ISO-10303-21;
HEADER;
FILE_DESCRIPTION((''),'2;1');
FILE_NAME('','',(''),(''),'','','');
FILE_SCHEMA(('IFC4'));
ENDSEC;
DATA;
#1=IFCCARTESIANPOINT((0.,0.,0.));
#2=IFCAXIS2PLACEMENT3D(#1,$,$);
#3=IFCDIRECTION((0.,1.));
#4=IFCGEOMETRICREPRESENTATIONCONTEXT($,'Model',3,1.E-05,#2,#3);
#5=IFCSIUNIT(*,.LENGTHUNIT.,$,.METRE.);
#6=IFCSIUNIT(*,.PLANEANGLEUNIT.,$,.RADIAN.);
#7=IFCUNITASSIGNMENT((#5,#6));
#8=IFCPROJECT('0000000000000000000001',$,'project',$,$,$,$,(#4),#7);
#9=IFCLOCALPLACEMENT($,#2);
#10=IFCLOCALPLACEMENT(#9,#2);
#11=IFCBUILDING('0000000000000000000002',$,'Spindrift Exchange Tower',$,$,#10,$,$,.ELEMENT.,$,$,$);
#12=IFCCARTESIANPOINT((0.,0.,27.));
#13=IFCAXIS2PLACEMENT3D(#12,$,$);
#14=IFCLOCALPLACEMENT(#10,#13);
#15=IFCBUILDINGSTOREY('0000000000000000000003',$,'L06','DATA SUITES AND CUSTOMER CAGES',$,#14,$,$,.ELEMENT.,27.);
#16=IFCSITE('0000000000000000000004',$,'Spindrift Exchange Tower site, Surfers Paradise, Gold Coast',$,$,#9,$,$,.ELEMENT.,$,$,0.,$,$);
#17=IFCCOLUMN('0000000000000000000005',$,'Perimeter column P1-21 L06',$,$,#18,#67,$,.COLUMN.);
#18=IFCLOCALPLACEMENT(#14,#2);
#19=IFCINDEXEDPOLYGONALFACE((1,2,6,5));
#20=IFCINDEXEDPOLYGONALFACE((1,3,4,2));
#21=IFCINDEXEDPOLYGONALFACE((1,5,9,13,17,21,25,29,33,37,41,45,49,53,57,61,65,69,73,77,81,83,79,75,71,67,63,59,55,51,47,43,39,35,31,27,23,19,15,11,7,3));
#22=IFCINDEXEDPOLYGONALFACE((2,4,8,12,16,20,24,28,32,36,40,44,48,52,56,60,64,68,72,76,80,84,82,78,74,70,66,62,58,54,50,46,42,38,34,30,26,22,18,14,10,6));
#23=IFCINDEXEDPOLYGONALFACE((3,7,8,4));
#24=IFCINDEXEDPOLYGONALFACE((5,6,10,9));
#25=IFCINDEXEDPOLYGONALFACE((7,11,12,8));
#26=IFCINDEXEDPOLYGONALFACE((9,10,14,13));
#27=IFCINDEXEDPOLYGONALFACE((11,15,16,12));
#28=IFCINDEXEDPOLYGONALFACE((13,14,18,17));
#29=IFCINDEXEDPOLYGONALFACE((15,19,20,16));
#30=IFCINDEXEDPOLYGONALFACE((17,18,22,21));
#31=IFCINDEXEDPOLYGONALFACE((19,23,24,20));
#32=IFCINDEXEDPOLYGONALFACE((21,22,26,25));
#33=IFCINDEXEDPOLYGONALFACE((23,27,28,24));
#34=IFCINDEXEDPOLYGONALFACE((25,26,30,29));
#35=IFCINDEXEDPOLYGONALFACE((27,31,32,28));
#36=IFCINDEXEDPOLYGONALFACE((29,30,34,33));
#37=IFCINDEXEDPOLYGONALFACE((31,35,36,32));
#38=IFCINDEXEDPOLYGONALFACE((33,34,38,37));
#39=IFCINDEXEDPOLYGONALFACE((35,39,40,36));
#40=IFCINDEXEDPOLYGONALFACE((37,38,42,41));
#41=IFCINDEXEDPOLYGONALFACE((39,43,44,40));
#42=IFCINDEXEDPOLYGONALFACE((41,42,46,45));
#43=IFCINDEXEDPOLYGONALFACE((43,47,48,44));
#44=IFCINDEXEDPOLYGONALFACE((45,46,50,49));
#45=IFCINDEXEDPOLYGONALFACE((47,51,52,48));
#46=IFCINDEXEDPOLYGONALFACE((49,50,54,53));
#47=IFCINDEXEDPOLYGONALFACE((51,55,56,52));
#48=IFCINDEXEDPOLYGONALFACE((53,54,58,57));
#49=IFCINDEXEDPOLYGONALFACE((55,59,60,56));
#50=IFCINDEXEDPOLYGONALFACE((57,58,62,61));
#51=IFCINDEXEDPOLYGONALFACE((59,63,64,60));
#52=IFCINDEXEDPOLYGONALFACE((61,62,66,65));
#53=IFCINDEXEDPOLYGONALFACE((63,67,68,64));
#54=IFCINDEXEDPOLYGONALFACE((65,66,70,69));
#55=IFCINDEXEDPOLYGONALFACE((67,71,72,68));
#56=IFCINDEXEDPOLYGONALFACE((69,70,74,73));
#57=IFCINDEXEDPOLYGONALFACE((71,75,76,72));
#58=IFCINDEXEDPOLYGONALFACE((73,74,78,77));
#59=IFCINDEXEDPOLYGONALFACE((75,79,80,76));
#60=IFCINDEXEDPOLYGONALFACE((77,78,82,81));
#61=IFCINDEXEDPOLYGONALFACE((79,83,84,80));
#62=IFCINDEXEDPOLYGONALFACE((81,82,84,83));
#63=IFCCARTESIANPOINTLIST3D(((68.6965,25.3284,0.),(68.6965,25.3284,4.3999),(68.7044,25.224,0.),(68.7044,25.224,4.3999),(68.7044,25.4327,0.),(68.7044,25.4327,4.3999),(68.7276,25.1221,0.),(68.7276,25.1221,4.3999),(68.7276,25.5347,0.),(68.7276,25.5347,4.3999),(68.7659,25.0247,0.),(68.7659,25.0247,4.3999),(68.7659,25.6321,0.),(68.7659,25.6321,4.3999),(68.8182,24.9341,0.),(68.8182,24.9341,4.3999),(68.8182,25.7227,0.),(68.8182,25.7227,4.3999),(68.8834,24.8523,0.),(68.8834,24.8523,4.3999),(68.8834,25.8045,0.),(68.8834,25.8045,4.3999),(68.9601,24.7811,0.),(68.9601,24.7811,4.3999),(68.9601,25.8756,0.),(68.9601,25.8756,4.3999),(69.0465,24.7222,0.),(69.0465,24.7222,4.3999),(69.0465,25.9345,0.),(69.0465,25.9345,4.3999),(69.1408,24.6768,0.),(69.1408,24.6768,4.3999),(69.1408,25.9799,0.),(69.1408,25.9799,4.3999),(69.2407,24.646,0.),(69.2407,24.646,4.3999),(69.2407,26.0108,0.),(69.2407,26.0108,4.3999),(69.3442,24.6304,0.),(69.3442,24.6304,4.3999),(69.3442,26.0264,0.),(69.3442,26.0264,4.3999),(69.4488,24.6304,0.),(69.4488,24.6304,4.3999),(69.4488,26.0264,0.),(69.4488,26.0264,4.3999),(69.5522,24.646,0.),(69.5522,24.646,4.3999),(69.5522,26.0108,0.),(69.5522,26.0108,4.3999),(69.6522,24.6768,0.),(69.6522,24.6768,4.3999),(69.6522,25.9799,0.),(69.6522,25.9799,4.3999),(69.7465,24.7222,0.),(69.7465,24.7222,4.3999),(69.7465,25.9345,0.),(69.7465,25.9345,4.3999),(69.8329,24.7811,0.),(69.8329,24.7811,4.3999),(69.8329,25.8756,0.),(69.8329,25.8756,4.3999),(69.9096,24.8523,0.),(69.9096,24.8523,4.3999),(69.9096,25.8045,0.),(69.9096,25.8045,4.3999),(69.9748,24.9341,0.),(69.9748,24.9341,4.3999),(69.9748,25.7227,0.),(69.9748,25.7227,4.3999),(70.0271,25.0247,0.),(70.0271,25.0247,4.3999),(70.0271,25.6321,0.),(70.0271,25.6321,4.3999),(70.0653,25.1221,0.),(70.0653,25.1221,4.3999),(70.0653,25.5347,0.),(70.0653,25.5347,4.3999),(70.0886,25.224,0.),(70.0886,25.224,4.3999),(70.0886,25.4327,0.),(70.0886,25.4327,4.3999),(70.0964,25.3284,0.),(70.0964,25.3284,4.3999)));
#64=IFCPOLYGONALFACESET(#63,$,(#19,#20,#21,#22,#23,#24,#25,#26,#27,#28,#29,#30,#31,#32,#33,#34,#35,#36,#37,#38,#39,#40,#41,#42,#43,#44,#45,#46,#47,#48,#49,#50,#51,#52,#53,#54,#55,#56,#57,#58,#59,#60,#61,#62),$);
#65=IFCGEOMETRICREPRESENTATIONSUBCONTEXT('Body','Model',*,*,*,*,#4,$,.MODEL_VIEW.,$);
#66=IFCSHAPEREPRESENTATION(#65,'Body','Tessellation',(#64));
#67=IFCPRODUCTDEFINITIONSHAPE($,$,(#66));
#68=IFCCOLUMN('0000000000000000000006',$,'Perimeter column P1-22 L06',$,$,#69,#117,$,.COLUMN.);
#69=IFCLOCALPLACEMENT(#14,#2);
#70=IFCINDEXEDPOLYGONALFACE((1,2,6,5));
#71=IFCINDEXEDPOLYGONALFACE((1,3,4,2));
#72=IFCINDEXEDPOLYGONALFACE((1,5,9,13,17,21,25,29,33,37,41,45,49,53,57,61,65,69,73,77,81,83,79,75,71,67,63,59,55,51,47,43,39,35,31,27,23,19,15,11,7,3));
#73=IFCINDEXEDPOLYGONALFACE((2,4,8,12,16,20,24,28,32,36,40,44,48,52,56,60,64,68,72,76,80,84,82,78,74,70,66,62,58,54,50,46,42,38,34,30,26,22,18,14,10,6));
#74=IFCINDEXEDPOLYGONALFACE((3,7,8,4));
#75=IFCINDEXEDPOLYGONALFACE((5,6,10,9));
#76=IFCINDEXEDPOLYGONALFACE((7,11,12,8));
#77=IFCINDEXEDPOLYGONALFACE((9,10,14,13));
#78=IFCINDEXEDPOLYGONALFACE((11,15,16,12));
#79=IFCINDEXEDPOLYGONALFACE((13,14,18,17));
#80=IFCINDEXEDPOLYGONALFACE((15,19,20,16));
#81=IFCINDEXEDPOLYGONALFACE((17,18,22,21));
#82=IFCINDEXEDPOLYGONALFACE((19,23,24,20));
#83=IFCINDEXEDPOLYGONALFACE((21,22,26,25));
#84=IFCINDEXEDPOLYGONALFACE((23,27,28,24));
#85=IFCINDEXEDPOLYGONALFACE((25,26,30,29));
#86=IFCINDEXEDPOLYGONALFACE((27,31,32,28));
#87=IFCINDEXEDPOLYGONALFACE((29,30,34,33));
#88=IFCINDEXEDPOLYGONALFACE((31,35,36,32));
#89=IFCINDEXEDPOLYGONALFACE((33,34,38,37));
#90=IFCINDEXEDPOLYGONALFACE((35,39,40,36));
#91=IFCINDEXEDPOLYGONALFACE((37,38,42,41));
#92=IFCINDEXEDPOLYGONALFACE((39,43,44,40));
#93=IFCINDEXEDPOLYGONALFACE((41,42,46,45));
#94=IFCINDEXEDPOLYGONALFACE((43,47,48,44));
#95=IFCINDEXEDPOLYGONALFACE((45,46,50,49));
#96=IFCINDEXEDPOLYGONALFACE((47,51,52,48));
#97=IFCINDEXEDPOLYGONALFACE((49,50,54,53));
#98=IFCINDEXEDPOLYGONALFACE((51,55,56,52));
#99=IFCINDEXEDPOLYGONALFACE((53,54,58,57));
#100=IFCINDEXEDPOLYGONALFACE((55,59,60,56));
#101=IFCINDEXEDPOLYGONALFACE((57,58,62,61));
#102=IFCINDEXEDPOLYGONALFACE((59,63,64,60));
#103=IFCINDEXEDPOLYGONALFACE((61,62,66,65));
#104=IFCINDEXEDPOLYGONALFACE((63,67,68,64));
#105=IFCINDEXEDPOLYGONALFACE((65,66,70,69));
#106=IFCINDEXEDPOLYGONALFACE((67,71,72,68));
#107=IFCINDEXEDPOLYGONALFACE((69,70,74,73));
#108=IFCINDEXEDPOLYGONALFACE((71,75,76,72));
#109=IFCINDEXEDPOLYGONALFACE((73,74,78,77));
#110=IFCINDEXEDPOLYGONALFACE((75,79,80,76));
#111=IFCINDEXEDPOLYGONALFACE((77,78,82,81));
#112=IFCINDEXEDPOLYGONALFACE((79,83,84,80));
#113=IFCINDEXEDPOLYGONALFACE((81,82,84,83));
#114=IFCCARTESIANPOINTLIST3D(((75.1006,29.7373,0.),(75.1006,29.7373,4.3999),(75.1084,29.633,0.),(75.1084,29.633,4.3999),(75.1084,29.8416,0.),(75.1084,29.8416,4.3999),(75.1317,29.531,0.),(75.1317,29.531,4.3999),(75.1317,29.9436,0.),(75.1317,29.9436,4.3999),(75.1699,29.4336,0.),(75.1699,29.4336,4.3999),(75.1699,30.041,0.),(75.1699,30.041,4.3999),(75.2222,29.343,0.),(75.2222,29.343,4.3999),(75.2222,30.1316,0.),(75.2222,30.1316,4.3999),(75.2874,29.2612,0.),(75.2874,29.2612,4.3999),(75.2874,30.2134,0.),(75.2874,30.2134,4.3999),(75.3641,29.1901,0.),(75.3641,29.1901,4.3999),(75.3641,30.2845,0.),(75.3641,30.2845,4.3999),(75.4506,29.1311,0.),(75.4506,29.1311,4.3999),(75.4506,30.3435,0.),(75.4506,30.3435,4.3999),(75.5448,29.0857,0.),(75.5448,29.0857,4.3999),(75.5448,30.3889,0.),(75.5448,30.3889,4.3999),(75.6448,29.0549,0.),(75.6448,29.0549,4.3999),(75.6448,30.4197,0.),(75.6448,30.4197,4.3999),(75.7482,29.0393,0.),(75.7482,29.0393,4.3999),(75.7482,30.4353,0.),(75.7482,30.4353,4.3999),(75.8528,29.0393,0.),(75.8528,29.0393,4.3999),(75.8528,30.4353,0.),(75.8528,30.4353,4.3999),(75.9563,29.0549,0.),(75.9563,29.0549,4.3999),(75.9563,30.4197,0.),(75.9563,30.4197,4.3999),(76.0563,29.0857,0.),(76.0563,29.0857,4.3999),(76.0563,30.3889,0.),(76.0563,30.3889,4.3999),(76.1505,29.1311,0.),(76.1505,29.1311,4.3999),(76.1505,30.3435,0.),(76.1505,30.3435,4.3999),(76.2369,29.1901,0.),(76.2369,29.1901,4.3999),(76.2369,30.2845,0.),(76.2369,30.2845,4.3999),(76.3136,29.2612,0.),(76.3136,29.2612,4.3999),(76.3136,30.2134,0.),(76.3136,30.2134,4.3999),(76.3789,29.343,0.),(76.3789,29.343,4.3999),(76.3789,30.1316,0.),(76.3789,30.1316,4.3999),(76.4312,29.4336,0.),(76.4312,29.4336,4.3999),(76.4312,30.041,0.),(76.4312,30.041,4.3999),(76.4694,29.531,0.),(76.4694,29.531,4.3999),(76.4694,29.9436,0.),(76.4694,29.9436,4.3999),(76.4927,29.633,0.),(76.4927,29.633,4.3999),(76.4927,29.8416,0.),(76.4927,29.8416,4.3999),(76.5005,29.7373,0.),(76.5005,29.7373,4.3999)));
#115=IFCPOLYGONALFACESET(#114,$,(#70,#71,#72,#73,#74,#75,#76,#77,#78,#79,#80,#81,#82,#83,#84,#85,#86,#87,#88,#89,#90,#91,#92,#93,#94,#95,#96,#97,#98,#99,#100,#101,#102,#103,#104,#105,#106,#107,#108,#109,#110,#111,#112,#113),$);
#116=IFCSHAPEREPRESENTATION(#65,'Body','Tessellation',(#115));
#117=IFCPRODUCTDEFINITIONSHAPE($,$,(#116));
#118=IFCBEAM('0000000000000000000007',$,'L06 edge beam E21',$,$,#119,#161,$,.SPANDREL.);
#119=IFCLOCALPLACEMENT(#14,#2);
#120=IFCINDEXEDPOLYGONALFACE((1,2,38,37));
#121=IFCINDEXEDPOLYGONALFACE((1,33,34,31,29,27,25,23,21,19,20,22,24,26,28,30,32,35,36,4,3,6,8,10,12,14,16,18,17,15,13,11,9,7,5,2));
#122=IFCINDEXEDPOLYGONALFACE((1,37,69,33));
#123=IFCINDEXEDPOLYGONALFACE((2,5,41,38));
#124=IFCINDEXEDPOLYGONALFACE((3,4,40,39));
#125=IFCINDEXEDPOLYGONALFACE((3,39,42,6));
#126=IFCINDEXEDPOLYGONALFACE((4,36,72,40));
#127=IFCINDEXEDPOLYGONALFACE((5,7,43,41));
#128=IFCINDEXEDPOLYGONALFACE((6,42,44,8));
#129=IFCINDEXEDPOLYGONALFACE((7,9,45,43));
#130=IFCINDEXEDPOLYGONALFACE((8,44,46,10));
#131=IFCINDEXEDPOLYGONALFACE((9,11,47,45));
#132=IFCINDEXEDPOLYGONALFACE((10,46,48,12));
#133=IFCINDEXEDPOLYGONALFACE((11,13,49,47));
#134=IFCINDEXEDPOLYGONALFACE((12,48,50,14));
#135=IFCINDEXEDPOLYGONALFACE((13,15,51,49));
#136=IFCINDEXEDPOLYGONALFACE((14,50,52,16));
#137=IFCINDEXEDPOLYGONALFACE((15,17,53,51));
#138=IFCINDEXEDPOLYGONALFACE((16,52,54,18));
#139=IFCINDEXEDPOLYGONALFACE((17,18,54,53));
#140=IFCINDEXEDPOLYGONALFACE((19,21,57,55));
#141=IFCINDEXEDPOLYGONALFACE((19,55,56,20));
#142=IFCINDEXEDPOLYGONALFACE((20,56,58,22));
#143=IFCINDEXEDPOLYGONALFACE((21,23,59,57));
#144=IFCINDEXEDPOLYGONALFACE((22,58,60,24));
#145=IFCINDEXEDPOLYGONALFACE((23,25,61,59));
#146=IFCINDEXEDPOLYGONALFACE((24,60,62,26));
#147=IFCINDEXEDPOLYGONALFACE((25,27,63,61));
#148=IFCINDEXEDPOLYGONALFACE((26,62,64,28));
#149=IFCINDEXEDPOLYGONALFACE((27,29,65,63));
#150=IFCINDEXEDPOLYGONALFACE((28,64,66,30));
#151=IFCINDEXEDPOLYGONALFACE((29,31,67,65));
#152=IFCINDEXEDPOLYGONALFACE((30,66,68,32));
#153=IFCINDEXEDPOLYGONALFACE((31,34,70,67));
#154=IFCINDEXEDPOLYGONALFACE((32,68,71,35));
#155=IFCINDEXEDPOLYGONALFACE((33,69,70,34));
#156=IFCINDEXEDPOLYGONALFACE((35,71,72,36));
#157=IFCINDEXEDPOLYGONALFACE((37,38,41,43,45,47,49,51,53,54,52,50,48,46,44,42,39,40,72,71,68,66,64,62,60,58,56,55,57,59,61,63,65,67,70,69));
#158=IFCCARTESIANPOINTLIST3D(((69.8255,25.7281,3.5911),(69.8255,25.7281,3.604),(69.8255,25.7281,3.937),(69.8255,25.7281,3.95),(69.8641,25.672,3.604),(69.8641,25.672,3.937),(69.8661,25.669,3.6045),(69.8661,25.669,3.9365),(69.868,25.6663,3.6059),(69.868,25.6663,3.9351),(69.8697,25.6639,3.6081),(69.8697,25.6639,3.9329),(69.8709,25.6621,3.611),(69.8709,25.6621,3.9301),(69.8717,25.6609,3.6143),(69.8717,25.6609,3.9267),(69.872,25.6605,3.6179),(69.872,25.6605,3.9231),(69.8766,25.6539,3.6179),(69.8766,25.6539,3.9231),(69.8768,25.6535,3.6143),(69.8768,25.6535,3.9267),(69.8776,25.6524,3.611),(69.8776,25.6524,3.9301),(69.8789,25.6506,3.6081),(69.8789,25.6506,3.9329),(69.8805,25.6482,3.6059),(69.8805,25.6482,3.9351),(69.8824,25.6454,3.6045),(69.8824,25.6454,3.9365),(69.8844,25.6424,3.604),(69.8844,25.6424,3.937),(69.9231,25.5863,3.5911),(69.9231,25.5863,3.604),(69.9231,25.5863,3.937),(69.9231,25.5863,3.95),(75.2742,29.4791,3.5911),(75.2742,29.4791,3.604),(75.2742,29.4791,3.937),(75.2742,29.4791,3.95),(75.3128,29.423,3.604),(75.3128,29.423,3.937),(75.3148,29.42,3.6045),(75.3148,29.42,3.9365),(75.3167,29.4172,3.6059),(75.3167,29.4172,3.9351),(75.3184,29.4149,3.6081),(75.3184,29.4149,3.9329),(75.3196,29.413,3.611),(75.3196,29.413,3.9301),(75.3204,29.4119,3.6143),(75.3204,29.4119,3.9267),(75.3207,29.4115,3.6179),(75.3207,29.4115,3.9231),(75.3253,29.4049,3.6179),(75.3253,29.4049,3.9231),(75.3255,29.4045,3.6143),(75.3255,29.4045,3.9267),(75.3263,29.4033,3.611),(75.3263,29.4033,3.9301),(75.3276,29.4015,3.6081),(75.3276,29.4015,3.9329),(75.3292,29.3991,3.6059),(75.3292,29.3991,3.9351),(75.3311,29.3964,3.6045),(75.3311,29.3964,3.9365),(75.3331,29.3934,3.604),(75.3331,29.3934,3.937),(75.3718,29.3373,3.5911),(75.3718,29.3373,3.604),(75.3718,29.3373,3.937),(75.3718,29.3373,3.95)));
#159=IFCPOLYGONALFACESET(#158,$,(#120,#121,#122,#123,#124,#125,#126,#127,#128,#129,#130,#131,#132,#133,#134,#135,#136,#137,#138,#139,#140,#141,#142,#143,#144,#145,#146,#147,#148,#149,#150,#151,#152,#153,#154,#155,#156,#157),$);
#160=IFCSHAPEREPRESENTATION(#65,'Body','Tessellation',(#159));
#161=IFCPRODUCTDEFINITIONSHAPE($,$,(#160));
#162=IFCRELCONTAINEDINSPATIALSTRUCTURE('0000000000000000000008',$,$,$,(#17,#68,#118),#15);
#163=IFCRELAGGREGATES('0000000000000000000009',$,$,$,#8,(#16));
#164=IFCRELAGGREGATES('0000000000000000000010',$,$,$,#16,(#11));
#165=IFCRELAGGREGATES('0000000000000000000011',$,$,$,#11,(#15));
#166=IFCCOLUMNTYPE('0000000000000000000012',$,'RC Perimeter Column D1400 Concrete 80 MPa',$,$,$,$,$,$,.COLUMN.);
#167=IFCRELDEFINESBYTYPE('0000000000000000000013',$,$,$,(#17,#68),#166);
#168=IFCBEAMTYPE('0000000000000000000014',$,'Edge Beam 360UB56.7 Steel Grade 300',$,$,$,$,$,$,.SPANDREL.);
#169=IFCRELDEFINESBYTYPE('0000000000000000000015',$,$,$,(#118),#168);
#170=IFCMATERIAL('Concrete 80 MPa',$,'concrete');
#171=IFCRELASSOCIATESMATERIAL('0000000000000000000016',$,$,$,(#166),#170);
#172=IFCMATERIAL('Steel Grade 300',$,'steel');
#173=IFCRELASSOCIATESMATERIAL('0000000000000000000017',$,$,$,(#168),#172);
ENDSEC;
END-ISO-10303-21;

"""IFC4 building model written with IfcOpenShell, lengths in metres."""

from ifc_helpers import new_model, si_unit, direction, frame, origin, origin_2d, place, context, subcontext, project, spatial, circle, i_section, extrude, source, transform, mapped, material, material_profile, profile_set, type_object, element, save


model = new_model("IFC4")

# Units and contexts
model_context = context("Model", 3, precision=1e-05, world=origin(), true_north=direction((0.0, 1.0)))
body_context = subcontext(model_context, "Body", "Model", "MODEL_VIEW")
ifc_project = project(units=[si_unit("LENGTHUNIT", "METRE"), si_unit("PLANEANGLEUNIT", "RADIAN")], contexts=[model_context])

# Site, building, storey
site_placement = place(None, origin())
site = spatial("IfcSite", under=ifc_project, at=site_placement, Name="Spindrift Exchange Tower site, Surfers Paradise, Gold Coast", CompositionType="ELEMENT", RefElevation=0.0)
building_placement = place(site_placement, origin())
building = spatial("IfcBuilding", under=site, at=building_placement, Name="Spindrift Exchange Tower", CompositionType="ELEMENT")
storey_placement = place(building_placement, frame((0.0, 0.0, 27.0)))
storey = spatial("IfcBuildingStorey", under=building, at=storey_placement, Name="L06", Description="DATA SUITES AND CUSTOMER CAGES", CompositionType="ELEMENT", Elevation=27.0)

# Columns
ifc_material_1 = material(Name="Concrete 80 MPa", Category="concrete")
ifc_material_profile_1 = material_profile(ifc_material_1, circle(Radius=0.7, at=origin_2d()), Name="RC D1400")
ifc_profile_set_1 = profile_set([ifc_material_profile_1], Name="Concrete 80 MPa")
column_type = type_object("IfcColumnType", Name="RC Perimeter Column D1400 Concrete 80 MPa", PredefinedType="COLUMN", material=ifc_profile_set_1)
shared_shape_1 = source(origin(), body_context, "Body", "SweptSolid", [
    extrude(circle(Radius=0.7, at=origin_2d()), origin(), (0.0, 0.0, 1.0), 4.3999),
])
for number, where, z_axis, x_axis, name in (
    (1, (69.3965, 25.3284, 0.0), (0.0, 0.0, 1.0), (1.0, 0.0, 0.0), "Perimeter column P1-21 L06"),
    (2, (75.8005, 29.7373, 0.0), (0.0, 0.0, 1.0), (1.0, 0.0, 0.0), "Perimeter column P1-22 L06"),
):
    element("IfcColumn", number, at=place(storey_placement, frame(where, z_axis=z_axis, x_axis=x_axis)), inside=storey, type_object=column_type, Name=name, PredefinedType="COLUMN", context=body_context, shape_type="MappedRepresentation", body=[
        mapped(shared_shape_1, transform((0.0, 0.0, 0.0), scale=1.0)),
    ])

# Beam
ifc_material_2 = material(Name="Steel Grade 300", Category="steel")
ifc_material_profile_2 = material_profile(ifc_material_2, i_section(OverallWidth=0.1721, OverallDepth=0.3589, WebThickness=0.0081, FlangeThickness=0.0129, FilletRadius=0.0139, at=origin_2d()), Name="360UB56.7")
ifc_profile_set_2 = profile_set([ifc_material_profile_2], Name="Steel Grade 300")
beam_type_1 = type_object("IfcBeamType", Name="Edge Beam 360UB56.7 Steel Grade 300", PredefinedType="SPANDREL", material=ifc_profile_set_2)
shared_shape_2 = source(origin(), body_context, "Body", "SweptSolid", [
    extrude(i_section(OverallWidth=0.1721, OverallDepth=0.3589, WebThickness=0.0081, FlangeThickness=0.0129, FilletRadius=0.0139, at=origin_2d()), origin(), (0.0, 0.0, 1.0), 6.615),
])
beam_1_placement = place(storey_placement, frame((69.8743, 25.6572, 3.7705), z_axis=(0.823691, 0.567039, 0.0), x_axis=(-0.567039, 0.823691, 0.0)))
element("IfcBeam", 3, at=beam_1_placement, inside=storey, type_object=beam_type_1, Name="L06 edge beam E21", PredefinedType="SPANDREL", context=body_context, shape_type="MappedRepresentation", body=[
    mapped(shared_shape_2, transform((0.0, 0.0, 0.0), scale=1.0)),
])

save(model, "model.ifc")
